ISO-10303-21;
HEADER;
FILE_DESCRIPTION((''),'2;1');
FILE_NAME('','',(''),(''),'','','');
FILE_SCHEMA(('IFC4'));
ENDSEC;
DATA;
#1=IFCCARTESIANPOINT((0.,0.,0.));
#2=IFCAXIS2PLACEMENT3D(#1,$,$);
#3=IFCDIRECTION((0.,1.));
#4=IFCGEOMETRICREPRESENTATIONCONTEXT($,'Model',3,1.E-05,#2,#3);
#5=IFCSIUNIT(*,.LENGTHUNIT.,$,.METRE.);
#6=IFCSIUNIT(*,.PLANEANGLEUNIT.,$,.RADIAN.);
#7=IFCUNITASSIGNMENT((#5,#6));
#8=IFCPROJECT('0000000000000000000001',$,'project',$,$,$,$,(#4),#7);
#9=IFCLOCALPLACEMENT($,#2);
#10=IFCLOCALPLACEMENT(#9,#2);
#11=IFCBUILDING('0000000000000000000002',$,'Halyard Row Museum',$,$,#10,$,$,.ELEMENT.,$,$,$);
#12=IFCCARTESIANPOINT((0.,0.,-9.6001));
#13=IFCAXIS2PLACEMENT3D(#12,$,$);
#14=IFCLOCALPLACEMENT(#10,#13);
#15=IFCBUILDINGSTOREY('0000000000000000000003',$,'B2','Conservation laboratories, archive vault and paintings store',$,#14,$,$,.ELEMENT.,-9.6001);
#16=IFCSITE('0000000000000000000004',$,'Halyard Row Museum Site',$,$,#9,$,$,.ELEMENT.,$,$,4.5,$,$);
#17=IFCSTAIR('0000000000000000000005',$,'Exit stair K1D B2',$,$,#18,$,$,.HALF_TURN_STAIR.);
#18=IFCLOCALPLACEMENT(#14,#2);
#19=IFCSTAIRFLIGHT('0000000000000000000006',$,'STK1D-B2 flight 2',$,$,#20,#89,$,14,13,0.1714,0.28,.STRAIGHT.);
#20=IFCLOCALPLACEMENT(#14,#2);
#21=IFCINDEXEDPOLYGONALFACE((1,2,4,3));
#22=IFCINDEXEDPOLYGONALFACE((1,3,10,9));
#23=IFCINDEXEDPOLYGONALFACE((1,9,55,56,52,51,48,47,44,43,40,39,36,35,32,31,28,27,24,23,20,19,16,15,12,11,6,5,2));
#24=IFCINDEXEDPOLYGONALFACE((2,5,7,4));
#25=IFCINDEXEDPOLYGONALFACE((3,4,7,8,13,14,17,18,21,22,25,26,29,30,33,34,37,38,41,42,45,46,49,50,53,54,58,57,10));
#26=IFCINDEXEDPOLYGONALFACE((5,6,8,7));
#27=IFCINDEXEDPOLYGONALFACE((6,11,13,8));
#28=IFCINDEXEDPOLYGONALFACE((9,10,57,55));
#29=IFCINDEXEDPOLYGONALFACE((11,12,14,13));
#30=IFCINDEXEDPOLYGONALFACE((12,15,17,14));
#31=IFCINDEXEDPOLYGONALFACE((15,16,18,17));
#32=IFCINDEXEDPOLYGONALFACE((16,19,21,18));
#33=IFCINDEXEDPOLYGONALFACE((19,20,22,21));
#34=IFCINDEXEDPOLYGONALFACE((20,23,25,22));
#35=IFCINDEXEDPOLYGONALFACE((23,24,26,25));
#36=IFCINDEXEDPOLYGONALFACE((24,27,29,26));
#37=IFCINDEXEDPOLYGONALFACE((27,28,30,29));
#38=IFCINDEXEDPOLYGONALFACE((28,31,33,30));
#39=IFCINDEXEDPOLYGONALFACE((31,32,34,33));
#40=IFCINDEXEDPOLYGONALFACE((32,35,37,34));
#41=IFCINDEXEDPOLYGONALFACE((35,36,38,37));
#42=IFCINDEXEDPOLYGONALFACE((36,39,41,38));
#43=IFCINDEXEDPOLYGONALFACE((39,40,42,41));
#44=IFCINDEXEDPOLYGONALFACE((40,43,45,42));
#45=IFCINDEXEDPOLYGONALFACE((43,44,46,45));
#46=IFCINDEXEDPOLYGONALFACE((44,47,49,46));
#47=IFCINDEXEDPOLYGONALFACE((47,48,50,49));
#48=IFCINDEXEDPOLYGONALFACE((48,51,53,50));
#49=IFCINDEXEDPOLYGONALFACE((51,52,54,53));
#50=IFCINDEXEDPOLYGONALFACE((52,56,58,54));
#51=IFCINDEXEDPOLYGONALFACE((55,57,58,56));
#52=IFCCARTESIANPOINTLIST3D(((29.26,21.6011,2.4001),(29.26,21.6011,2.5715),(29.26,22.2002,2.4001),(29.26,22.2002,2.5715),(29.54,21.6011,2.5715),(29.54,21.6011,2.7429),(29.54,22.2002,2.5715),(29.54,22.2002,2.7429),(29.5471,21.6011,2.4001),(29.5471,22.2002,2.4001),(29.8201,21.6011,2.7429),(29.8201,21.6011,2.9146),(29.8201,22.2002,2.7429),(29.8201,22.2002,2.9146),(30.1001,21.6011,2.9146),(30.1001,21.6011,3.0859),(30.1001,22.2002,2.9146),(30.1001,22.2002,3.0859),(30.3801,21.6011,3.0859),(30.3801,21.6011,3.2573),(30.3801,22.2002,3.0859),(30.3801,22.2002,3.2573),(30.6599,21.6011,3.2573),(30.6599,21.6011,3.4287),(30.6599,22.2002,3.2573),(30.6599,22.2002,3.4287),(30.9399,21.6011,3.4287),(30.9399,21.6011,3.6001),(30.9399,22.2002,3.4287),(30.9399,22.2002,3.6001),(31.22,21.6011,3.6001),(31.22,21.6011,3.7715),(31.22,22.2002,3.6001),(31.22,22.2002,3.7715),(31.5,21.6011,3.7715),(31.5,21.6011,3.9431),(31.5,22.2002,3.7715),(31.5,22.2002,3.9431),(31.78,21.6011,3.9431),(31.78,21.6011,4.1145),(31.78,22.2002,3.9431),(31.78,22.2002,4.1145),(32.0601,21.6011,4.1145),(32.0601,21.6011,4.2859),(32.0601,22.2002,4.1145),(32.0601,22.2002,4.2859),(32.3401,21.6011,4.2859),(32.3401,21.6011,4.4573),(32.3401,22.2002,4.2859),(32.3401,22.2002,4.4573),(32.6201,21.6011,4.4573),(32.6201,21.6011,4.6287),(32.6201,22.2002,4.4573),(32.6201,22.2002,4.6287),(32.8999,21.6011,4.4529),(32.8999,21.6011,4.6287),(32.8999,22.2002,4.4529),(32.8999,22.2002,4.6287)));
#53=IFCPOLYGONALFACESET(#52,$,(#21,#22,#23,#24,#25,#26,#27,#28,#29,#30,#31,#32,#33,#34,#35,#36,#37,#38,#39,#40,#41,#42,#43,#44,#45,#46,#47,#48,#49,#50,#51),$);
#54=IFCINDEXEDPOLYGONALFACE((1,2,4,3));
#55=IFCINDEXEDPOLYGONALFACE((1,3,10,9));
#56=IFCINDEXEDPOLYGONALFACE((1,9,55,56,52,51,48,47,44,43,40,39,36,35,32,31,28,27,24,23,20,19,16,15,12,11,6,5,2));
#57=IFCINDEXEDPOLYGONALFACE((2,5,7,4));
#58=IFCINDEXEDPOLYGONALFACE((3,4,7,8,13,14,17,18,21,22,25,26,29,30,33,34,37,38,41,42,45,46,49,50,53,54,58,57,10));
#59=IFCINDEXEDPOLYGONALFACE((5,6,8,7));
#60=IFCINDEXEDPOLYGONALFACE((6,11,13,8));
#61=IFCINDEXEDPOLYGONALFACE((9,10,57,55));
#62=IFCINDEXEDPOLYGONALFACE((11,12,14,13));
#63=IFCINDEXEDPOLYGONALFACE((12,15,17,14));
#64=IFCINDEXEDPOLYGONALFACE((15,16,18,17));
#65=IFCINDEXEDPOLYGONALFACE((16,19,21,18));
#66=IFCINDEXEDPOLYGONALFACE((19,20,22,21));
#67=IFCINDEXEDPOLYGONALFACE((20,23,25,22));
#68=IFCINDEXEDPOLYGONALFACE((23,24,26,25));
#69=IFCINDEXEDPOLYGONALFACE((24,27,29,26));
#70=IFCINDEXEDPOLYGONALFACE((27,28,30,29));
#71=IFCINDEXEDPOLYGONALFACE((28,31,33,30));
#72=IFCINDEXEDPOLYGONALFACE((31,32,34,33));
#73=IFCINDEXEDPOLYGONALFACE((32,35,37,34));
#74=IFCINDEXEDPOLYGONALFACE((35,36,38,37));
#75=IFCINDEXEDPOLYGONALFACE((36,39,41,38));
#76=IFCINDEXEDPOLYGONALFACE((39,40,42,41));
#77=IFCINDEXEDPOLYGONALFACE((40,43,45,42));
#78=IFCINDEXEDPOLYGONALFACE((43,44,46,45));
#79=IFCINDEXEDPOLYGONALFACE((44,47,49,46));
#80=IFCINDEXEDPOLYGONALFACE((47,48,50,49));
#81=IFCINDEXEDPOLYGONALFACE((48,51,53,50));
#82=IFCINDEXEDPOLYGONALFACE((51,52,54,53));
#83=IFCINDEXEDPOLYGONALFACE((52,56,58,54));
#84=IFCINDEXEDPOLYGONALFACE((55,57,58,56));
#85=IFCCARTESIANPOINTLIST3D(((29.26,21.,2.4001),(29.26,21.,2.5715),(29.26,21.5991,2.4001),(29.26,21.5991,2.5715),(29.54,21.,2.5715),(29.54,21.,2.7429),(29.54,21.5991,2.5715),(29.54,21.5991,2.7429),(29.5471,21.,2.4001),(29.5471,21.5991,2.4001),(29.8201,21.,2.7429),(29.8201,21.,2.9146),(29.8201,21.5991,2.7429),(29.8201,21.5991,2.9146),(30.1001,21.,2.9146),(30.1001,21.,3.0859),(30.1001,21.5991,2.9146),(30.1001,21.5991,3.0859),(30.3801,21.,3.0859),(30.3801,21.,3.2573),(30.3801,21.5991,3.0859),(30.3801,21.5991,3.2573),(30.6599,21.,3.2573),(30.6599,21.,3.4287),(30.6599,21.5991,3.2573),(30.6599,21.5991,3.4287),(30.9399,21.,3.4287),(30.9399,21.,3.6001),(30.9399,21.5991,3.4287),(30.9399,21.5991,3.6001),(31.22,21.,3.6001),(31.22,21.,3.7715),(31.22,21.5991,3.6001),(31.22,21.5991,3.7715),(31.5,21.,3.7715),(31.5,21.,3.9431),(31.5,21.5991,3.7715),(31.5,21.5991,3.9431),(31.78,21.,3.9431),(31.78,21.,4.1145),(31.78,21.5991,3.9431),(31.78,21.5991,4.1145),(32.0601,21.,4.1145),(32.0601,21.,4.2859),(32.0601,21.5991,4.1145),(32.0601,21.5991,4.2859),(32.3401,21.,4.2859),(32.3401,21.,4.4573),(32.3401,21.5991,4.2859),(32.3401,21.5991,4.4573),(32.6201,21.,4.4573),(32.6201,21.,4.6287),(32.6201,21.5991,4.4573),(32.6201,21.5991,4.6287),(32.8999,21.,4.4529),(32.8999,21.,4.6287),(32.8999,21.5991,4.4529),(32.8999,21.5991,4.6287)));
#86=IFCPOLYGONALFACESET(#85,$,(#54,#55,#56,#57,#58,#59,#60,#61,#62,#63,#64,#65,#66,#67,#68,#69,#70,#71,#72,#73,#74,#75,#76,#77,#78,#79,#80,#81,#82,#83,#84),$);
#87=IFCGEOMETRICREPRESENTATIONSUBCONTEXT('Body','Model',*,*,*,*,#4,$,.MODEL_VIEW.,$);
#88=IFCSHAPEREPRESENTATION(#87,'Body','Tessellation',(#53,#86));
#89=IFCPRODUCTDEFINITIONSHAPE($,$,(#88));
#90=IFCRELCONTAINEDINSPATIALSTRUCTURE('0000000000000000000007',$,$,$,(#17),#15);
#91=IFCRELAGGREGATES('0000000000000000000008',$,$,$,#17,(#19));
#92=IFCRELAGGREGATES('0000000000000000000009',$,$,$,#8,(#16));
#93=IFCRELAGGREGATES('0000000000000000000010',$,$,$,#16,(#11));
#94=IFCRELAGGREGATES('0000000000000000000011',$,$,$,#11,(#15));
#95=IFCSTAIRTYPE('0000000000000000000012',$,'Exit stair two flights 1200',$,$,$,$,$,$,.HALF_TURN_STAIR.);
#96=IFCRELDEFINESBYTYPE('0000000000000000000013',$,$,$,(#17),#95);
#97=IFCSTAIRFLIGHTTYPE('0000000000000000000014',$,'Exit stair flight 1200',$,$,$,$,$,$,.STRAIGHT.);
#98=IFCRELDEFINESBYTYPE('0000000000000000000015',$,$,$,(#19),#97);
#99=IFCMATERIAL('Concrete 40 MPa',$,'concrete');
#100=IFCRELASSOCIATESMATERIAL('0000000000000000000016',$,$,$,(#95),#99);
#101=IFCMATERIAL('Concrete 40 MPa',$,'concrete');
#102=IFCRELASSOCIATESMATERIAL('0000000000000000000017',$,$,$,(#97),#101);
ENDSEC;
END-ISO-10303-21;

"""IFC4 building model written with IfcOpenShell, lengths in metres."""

from ifc_helpers import new_model, si_unit, direction, frame, origin, place, context, subcontext, project, spatial, polyline, outline, extrude, material, type_object, element, aggregate, save


model = new_model("IFC4")

# Units and contexts
model_context = context("Model", 3, precision=1e-05, world=origin(), true_north=direction((0.0, 1.0)))
body_context = subcontext(model_context, "Body", "Model", "MODEL_VIEW")
ifc_project = project(units=[si_unit("LENGTHUNIT", "METRE"), si_unit("PLANEANGLEUNIT", "RADIAN")], contexts=[model_context])

# Site, building, storey
site_placement = place(None, origin())
site = spatial("IfcSite", under=ifc_project, at=site_placement, Name="Halyard Row Museum Site", CompositionType="ELEMENT", RefElevation=4.5)
building_placement = place(site_placement, origin())
building = spatial("IfcBuilding", under=site, at=building_placement, Name="Halyard Row Museum", CompositionType="ELEMENT")
storey_placement = place(building_placement, frame((0.0, 0.0, -9.6001)))
storey = spatial("IfcBuildingStorey", under=building, at=storey_placement, Name="B2", Description="Conservation laboratories, archive vault and paintings store", CompositionType="ELEMENT", Elevation=-9.6001)

# Stair
ifc_material_1 = material(Name="Concrete 40 MPa", Category="concrete")
stair_type_1 = type_object("IfcStairType", Name="Exit stair two flights 1200", PredefinedType="HALF_TURN_STAIR", material=ifc_material_1)
stair_1_placement = place(storey_placement, origin())
stair_1 = element("IfcStair", 1, at=stair_1_placement, inside=storey, type_object=stair_type_1, Name="Exit stair K1D B2", PredefinedType="HALF_TURN_STAIR")

# Stair flight
ifc_material_2 = material(Name="Concrete 40 MPa", Category="concrete")
stair_flight_type = type_object("IfcStairFlightType", Name="Exit stair flight 1200", PredefinedType="STRAIGHT", material=ifc_material_2)
stair_flight_placement = place(storey_placement, frame((29.26, 21.6001, 2.4001), z_axis=(0.0, 0.0, 1.0), x_axis=(1.0, 0.0, 0.0)))
stair_flight = element("IfcStairFlight", 2, at=stair_flight_placement, type_object=stair_flight_type, Name="STK1D-B2 flight 2", NumberOfRisers=14, NumberOfTreads=13, PredefinedType="STRAIGHT", RiserHeight=0.1714, TreadLength=0.28, context=body_context, shape_type="SweptSolid", body=[
    extrude(outline(polyline([(0.0, 0.0), (0.0, 0.1714), (0.28, 0.1714), (0.28, 0.3428), (0.5601, 0.3428), (0.5601, 0.5144), (0.8401, 0.5144), (0.8401, 0.6858), (1.1201, 0.6858), (1.1201, 0.8572), (1.3999, 0.8572), (1.3999, 1.0286), (1.6799, 1.0286), (1.6799, 1.2), (1.96, 1.2), (1.96, 1.3713), (2.24, 1.3713), (2.24, 1.543), (2.52, 1.543), (2.52, 1.7144), (2.8, 1.7144), (2.8, 1.8857), (3.0801, 1.8857), (3.0801, 2.0571), (3.3601, 2.0571), (3.3601, 2.2285), (3.6399, 2.2285), (3.6399, 2.3999), (3.6399, 2.0527), (0.2871, 0.0), (0.0, 0.0)])), frame((0.0, 0.6001, 0.0), z_axis=(0.0, -1.0, 0.0), x_axis=(1.0, 0.0, 0.0)), (0.0, 0.0, 1.0), 0.5991),
    extrude(outline(polyline([(0.0, 0.0), (0.0, 0.1714), (0.28, 0.1714), (0.28, 0.3428), (0.5601, 0.3428), (0.5601, 0.5144), (0.8401, 0.5144), (0.8401, 0.6858), (1.1201, 0.6858), (1.1201, 0.8572), (1.3999, 0.8572), (1.3999, 1.0286), (1.6799, 1.0286), (1.6799, 1.2), (1.96, 1.2), (1.96, 1.3713), (2.24, 1.3713), (2.24, 1.543), (2.52, 1.543), (2.52, 1.7144), (2.8, 1.7144), (2.8, 1.8857), (3.0801, 1.8857), (3.0801, 2.0571), (3.3601, 2.0571), (3.3601, 2.2285), (3.6399, 2.2285), (3.6399, 2.3999), (3.6399, 2.0527), (0.2871, 0.0), (0.0, 0.0)])), frame((0.0, -0.001, 0.0), z_axis=(0.0, -1.0, 0.0), x_axis=(1.0, 0.0, 0.0)), (0.0, 0.0, 1.0), 0.5991),
])
aggregate(stair_1, [stair_flight])

save(model, "model.ifc")
